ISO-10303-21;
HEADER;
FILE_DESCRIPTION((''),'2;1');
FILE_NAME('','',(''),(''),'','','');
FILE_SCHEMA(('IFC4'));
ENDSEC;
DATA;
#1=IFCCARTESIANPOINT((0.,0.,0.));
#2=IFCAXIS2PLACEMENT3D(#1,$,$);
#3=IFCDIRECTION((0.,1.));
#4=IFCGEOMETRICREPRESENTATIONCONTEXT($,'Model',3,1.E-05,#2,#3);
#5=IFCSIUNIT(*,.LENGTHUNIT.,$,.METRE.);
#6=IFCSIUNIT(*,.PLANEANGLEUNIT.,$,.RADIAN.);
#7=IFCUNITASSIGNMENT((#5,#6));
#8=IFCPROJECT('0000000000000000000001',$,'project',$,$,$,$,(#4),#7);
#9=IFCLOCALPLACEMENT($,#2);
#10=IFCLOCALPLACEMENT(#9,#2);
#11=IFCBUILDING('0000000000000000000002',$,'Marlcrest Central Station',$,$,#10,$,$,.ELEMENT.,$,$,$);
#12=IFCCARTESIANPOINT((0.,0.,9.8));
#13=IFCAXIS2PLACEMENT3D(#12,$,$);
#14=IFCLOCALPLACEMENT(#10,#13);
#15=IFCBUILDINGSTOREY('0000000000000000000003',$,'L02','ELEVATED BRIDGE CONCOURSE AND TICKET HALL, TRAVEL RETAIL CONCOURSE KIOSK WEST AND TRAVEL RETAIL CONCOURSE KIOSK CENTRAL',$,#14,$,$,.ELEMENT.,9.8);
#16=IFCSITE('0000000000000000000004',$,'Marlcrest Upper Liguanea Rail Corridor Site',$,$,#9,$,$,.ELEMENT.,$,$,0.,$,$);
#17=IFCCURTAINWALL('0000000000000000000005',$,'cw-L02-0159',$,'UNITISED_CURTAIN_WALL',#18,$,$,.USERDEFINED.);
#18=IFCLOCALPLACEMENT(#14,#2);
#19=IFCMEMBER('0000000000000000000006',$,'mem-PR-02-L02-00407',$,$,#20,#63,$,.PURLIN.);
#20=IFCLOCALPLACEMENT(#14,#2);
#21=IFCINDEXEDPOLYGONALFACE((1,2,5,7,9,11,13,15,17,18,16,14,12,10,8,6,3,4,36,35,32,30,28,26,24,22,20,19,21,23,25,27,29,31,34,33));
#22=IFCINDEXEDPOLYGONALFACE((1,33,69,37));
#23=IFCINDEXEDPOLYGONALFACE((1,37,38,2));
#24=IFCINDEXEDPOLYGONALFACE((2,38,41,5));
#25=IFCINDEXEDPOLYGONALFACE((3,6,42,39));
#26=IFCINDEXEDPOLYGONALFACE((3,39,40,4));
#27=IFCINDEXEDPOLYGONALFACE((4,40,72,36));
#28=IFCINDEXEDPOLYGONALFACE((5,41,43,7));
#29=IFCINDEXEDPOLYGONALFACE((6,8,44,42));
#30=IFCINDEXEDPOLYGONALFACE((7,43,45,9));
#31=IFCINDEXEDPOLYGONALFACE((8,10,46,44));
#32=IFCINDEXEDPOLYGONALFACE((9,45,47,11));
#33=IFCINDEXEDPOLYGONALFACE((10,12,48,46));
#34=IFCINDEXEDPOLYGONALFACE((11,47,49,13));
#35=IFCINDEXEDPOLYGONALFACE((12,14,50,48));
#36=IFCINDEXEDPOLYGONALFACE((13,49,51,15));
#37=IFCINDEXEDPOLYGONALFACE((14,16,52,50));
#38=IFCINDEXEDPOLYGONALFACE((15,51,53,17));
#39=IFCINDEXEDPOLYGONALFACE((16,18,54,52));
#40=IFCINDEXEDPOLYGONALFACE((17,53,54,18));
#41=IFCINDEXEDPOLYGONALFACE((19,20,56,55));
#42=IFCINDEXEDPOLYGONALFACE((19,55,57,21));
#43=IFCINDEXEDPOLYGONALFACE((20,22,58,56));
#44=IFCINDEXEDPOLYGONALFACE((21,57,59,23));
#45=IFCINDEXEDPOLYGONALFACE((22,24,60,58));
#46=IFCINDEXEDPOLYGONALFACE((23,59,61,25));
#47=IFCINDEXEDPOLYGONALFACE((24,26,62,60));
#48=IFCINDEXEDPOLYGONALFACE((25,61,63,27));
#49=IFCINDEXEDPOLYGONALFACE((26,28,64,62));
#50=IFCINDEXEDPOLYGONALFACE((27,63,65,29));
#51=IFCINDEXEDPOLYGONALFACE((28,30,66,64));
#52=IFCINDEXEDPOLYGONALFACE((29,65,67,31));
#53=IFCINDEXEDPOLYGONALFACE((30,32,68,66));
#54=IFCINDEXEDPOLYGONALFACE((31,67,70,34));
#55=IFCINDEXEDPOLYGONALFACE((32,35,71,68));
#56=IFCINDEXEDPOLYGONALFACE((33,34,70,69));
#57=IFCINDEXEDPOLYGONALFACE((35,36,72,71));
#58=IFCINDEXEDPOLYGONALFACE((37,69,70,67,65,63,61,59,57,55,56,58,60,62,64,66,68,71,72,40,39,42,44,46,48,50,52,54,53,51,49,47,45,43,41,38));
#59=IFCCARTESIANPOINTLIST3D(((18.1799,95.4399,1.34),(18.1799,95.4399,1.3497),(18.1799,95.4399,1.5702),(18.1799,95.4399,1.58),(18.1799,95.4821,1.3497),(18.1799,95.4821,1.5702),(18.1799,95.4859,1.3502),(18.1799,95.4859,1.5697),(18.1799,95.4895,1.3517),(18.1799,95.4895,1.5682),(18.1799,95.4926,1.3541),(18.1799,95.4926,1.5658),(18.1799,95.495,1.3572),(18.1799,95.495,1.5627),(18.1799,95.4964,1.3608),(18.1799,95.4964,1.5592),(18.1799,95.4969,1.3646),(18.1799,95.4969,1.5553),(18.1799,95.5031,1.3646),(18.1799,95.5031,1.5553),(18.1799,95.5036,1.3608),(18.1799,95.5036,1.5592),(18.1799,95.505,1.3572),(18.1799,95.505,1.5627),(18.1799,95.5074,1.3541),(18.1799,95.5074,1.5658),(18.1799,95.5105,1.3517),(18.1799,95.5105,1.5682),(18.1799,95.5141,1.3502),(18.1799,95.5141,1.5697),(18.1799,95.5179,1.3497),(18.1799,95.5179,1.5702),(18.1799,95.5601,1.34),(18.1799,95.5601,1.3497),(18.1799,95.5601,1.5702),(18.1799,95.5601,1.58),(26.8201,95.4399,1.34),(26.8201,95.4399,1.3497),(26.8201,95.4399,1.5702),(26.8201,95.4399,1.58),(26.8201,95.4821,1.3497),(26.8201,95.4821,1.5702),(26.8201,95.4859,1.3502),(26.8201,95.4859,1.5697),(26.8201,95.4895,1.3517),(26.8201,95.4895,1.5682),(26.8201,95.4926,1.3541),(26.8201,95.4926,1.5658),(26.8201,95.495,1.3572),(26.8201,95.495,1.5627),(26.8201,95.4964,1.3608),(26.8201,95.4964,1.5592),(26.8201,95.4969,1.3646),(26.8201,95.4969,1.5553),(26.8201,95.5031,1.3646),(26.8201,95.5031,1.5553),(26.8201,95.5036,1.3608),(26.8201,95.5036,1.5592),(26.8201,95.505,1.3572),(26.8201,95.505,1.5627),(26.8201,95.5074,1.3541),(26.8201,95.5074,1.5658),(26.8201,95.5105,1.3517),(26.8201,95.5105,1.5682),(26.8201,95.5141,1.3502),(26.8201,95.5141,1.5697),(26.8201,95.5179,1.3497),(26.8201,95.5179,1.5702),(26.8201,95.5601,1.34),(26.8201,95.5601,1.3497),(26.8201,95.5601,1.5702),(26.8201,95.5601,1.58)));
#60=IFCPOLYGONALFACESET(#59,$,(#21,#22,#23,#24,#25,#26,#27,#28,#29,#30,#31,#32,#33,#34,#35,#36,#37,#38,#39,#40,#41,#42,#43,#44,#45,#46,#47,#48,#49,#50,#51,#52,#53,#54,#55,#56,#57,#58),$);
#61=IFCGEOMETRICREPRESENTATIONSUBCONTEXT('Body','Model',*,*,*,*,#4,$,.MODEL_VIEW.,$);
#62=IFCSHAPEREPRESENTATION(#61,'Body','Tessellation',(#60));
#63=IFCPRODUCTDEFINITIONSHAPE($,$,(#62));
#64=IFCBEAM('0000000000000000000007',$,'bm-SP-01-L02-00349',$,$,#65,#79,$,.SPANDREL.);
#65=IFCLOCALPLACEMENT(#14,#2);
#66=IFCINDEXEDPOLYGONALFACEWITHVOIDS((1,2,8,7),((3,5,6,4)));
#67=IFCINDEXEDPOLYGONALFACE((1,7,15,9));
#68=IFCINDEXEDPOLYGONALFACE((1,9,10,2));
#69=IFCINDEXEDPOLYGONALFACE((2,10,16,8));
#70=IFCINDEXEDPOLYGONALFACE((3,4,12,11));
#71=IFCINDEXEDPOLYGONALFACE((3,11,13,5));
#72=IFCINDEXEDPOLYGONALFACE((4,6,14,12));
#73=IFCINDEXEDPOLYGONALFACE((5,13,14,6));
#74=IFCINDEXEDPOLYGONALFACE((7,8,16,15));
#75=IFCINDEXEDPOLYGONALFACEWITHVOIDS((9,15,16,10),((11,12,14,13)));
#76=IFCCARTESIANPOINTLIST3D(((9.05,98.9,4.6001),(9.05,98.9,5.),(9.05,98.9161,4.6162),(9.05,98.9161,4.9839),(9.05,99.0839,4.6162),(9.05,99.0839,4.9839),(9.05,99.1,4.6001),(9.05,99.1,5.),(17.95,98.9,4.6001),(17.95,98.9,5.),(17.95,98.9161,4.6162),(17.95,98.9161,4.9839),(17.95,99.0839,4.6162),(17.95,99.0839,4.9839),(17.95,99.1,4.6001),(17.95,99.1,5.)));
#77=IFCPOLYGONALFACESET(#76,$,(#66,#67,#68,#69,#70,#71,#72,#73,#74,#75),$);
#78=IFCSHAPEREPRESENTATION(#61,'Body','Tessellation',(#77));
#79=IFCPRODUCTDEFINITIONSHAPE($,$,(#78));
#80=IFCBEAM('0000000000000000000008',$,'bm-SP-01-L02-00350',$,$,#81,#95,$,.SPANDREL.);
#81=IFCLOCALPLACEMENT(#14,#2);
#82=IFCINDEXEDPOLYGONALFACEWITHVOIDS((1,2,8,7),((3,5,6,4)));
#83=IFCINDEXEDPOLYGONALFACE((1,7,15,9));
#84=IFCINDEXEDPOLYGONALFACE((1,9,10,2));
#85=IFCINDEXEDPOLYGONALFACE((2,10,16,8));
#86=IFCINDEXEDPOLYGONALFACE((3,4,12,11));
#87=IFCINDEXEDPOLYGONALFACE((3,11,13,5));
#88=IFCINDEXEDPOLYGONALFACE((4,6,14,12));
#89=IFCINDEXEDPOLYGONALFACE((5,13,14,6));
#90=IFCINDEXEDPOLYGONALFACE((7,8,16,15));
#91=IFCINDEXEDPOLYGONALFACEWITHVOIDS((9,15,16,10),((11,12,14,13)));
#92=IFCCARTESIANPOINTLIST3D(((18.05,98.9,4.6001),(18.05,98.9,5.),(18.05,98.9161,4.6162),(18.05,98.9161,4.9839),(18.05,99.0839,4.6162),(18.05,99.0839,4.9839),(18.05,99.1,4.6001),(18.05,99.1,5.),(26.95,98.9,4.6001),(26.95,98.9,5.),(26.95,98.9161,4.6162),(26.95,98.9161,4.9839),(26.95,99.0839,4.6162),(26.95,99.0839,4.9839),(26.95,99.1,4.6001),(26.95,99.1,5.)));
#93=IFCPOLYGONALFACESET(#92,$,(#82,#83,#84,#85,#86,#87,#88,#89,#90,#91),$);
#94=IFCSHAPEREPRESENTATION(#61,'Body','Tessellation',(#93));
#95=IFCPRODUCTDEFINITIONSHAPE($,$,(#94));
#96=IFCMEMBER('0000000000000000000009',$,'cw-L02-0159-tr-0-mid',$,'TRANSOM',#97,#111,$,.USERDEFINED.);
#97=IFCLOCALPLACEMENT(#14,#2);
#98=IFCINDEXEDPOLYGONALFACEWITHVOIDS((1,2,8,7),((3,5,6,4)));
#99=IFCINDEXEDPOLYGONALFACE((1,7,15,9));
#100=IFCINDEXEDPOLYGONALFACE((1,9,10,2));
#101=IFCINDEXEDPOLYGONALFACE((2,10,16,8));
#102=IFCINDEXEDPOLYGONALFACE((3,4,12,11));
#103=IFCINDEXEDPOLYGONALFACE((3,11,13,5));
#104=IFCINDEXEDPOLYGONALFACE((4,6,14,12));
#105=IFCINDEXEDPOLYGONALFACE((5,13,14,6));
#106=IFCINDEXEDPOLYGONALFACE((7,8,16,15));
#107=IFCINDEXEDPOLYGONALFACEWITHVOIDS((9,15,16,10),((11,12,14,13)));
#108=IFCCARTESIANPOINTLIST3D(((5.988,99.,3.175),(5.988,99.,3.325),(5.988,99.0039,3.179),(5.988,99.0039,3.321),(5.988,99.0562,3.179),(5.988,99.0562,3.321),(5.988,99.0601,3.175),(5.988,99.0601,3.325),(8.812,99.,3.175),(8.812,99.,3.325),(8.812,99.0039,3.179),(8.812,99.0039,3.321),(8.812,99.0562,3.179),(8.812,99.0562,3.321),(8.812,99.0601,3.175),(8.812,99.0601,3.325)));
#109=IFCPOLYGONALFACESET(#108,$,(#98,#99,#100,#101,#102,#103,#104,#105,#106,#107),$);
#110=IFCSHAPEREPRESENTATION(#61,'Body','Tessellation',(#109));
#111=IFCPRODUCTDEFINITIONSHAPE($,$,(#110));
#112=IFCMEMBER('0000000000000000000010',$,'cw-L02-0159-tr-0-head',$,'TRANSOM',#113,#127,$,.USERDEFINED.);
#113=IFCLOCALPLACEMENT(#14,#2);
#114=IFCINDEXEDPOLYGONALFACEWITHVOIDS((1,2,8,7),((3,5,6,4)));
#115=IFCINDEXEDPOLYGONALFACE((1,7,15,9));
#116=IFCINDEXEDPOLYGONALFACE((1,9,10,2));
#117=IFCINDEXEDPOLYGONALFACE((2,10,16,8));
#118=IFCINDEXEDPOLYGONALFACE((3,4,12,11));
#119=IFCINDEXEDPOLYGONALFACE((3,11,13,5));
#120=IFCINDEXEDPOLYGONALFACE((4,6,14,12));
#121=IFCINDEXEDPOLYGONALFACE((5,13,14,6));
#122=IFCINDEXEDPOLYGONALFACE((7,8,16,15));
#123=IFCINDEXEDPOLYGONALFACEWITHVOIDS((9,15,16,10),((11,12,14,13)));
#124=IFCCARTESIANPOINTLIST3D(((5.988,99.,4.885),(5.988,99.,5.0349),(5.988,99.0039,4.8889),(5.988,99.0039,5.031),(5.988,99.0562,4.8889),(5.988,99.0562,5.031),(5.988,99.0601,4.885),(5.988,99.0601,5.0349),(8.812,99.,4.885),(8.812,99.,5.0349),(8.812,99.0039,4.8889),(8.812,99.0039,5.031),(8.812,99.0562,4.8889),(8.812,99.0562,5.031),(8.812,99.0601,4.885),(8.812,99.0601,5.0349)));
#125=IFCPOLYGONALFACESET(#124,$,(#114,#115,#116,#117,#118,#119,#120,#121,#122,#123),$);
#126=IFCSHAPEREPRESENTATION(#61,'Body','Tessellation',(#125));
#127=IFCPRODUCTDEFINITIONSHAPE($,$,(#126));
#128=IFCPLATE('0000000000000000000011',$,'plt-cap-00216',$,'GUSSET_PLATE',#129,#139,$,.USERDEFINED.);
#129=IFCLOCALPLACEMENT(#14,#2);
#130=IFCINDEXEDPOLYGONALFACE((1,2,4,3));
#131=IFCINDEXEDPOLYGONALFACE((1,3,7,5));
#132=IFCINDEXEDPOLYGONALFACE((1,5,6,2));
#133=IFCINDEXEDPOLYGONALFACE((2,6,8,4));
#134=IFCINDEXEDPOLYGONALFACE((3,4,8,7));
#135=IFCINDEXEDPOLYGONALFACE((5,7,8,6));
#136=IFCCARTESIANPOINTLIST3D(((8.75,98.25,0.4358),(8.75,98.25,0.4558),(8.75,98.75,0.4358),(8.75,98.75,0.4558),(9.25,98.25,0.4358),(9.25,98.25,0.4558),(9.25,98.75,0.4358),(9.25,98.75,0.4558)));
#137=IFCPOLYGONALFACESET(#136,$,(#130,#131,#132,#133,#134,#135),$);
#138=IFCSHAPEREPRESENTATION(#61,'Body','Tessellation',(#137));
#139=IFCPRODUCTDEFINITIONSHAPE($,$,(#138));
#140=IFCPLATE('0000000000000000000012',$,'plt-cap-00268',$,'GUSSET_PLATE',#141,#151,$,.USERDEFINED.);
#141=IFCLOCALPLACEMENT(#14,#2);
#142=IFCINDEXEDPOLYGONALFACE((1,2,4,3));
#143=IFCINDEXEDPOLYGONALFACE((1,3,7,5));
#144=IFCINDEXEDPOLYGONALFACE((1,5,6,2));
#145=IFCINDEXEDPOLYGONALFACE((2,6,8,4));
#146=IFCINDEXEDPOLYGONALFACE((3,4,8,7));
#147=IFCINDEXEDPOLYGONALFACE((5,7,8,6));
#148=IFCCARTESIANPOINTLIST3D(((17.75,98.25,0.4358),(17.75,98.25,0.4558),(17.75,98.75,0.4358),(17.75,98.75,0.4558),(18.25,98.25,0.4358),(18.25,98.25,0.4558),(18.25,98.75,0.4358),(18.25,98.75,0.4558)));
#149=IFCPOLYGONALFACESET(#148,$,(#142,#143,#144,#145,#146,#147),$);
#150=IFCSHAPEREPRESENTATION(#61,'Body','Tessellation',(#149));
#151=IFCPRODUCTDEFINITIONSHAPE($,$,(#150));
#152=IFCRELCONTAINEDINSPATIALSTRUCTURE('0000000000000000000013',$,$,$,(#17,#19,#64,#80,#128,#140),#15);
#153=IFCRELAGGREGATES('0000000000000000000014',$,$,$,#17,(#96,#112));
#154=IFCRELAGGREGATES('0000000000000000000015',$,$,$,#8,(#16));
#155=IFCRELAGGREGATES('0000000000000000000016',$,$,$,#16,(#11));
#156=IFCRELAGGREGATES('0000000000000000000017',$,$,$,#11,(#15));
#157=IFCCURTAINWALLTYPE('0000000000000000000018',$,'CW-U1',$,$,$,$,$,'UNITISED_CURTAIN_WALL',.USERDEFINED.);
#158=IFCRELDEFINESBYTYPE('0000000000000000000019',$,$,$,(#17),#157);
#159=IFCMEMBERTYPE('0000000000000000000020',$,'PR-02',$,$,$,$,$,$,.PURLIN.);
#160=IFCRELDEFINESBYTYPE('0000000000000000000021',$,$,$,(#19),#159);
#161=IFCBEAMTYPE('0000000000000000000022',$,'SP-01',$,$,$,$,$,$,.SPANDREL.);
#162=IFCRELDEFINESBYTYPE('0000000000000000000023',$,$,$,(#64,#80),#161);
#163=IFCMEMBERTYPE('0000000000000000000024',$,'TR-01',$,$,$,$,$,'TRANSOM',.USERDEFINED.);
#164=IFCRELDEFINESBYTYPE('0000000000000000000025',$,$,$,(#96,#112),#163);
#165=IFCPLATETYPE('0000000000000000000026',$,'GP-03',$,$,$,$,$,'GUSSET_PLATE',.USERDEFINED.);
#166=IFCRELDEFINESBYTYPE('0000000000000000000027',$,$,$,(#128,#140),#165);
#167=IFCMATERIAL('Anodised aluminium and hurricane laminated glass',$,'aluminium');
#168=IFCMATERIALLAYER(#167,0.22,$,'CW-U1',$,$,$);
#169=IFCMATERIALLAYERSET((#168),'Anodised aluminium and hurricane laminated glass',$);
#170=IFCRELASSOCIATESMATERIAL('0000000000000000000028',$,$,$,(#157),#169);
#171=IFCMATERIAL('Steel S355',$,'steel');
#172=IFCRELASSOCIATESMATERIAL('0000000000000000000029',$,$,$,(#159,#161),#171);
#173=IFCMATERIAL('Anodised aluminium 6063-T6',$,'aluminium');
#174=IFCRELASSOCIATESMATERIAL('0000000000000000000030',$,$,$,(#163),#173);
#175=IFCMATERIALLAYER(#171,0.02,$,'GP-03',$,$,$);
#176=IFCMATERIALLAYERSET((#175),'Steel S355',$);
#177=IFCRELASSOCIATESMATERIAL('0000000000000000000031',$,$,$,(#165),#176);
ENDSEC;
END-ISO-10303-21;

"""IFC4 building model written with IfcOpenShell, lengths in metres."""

from ifc_helpers import new_model, si_unit, direction, frame, origin, origin_2d, place, context, subcontext, project, spatial, rectangle, hollow_rectangle, i_section, extrude, material, layer, layer_set, material_profile, profile_set, type_object, element, aggregate, save


model = new_model("IFC4")

# Units and contexts
model_context = context("Model", 3, precision=1e-05, world=origin(), true_north=direction((0.0, 1.0)))
body_context = subcontext(model_context, "Body", "Model", "MODEL_VIEW")
ifc_project = project(units=[si_unit("LENGTHUNIT", "METRE"), si_unit("PLANEANGLEUNIT", "RADIAN")], contexts=[model_context])

# Site, building, storey
site_placement = place(None, origin())
site = spatial("IfcSite", under=ifc_project, at=site_placement, Name="Marlcrest Upper Liguanea Rail Corridor Site", CompositionType="ELEMENT", RefElevation=0.0)
building_placement = place(site_placement, origin())
building = spatial("IfcBuilding", under=site, at=building_placement, Name="Marlcrest Central Station", CompositionType="ELEMENT")
storey_placement = place(building_placement, frame((0.0, 0.0, 9.8)))
storey = spatial("IfcBuildingStorey", under=building, at=storey_placement, Name="L02", Description="ELEVATED BRIDGE CONCOURSE AND TICKET HALL, TRAVEL RETAIL CONCOURSE KIOSK WEST AND TRAVEL RETAIL CONCOURSE KIOSK CENTRAL", CompositionType="ELEMENT", Elevation=9.8)

# Shared definitions
ifc_material_1 = material(Name="Steel S355", Category="steel")

# Curtain wall
ifc_material_2 = material(Name="Anodised aluminium and hurricane laminated glass", Category="aluminium")
ifc_layer_1 = layer(ifc_material_2, 0.22, Name="CW-U1")
ifc_layer_set_1 = layer_set([ifc_layer_1], Name="Anodised aluminium and hurricane laminated glass")
curtain_wall_type = type_object("IfcCurtainWallType", Name="CW-U1", ElementType="UNITISED_CURTAIN_WALL", PredefinedType="USERDEFINED", material=ifc_layer_set_1)
curtain_wall_1_placement = place(storey_placement, origin())
curtain_wall_1 = element("IfcCurtainWall", 1, at=curtain_wall_1_placement, inside=storey, type_object=curtain_wall_type, Name="cw-L02-0159", ObjectType="UNITISED_CURTAIN_WALL", PredefinedType="USERDEFINED")
ifc_material_3 = material(Name="Anodised aluminium 6063-T6", Category="aluminium")

# Member
ifc_material_profile_1 = material_profile(ifc_material_1, i_section(OverallWidth=0.1201, OverallDepth=0.24, WebThickness=0.0061, FlangeThickness=0.0098, FilletRadius=0.0149, at=origin_2d()), Name="IPE 240")
ifc_profile_set_1 = profile_set([ifc_material_profile_1], Name="Steel S355")
member_type_1 = type_object("IfcMemberType", Name="PR-02", PredefinedType="PURLIN", material=ifc_profile_set_1)
member_1_placement = place(storey_placement, frame((18.1799, 95.5, 1.46), z_axis=(1.0, 0.0, 0.0), x_axis=(0.0, 1.0, 0.0)))
element("IfcMember", 2, at=member_1_placement, inside=storey, type_object=member_type_1, Name="mem-PR-02-L02-00407", PredefinedType="PURLIN", context=body_context, shape_type="SweptSolid", body=[
    extrude(i_section(OverallWidth=0.1201, OverallDepth=0.24, WebThickness=0.0061, FlangeThickness=0.0098, FilletRadius=0.0149, at=origin_2d()), origin(), (0.0, 0.0, 1.0), 8.6401),
])

# Beams
ifc_material_profile_2 = material_profile(ifc_material_1, hollow_rectangle(XDim=0.2, YDim=0.3999, WallThickness=0.0161, at=origin_2d()), Name="RHS 400x200x16")
ifc_profile_set_2 = profile_set([ifc_material_profile_2], Name="Steel S355")
beam_type_1 = type_object("IfcBeamType", Name="SP-01", PredefinedType="SPANDREL", material=ifc_profile_set_2)
for number, where, z_axis, x_axis, name in (
    (3, (9.05, 99.0, 4.8), (1.0, 0.0, 0.0), (0.0, 1.0, 0.0), "bm-SP-01-L02-00349"),
    (4, (18.05, 99.0, 4.8), (1.0, 0.0, 0.0), (0.0, 1.0, 0.0), "bm-SP-01-L02-00350"),
):
    element("IfcBeam", number, at=place(storey_placement, frame(where, z_axis=z_axis, x_axis=x_axis)), inside=storey, type_object=beam_type_1, Name=name, PredefinedType="SPANDREL", context=body_context, shape_type="SweptSolid", body=[
        extrude(hollow_rectangle(XDim=0.2, YDim=0.3999, WallThickness=0.0161, at=origin_2d()), origin(), (0.0, 0.0, 1.0), 8.8999),
    ])

# Members
ifc_material_profile_3 = material_profile(ifc_material_3, hollow_rectangle(XDim=0.0601, YDim=0.1499, WallThickness=0.0039, at=origin_2d()), Name="AA-RHS 150x60x4")
ifc_profile_set_3 = profile_set([ifc_material_profile_3], Name="Anodised aluminium 6063-T6")
member_type_2 = type_object("IfcMemberType", Name="TR-01", ElementType="TRANSOM", PredefinedType="USERDEFINED", material=ifc_profile_set_3)
member_2_placement = place(storey_placement, frame((8.812, 99.03, 3.25), z_axis=(-1.0, 0.0, 0.0), x_axis=(0.0, -1.0, 0.0)))
member_2 = element("IfcMember", 5, at=member_2_placement, type_object=member_type_2, Name="cw-L02-0159-tr-0-mid", ObjectType="TRANSOM", PredefinedType="USERDEFINED", context=body_context, shape_type="SweptSolid", body=[
    extrude(hollow_rectangle(XDim=0.0601, YDim=0.1499, WallThickness=0.0039, at=origin_2d()), origin(), (0.0, 0.0, 1.0), 2.824),
])
member_3_placement = place(storey_placement, frame((8.812, 99.03, 4.96), z_axis=(-1.0, 0.0, 0.0), x_axis=(0.0, -1.0, 0.0)))
member_3 = element("IfcMember", 6, at=member_3_placement, type_object=member_type_2, Name="cw-L02-0159-tr-0-head", ObjectType="TRANSOM", PredefinedType="USERDEFINED", context=body_context, shape_type="SweptSolid", body=[
    extrude(hollow_rectangle(XDim=0.0601, YDim=0.1499, WallThickness=0.0039, at=origin_2d()), origin(), (0.0, 0.0, 1.0), 2.824),
])
aggregate(curtain_wall_1, [member_2, member_3])

# Plates
ifc_layer_2 = layer(ifc_material_1, 0.02, Name="GP-03")
ifc_layer_set_2 = layer_set([ifc_layer_2], Name="Steel S355")
plate_type = type_object("IfcPlateType", Name="GP-03", ElementType="GUSSET_PLATE", PredefinedType="USERDEFINED", material=ifc_layer_set_2)
for number, where, z_axis, x_axis, name in (
    (7, (9.0, 98.5, 0.4358), (0.0, 0.0, 1.0), (1.0, 0.0, 0.0), "plt-cap-00216"),
    (8, (18.0, 98.5, 0.4358), (0.0, 0.0, 1.0), (1.0, 0.0, 0.0), "plt-cap-00268"),
):
    element("IfcPlate", number, at=place(storey_placement, frame(where, z_axis=z_axis, x_axis=x_axis)), inside=storey, type_object=plate_type, Name=name, ObjectType="GUSSET_PLATE", PredefinedType="USERDEFINED", context=body_context, shape_type="SweptSolid", body=[
        extrude(rectangle(XDim=0.5, YDim=0.5, at=origin_2d()), origin(), (0.0, 0.0, 1.0), 0.02),
    ])

save(model, "model.ifc")
